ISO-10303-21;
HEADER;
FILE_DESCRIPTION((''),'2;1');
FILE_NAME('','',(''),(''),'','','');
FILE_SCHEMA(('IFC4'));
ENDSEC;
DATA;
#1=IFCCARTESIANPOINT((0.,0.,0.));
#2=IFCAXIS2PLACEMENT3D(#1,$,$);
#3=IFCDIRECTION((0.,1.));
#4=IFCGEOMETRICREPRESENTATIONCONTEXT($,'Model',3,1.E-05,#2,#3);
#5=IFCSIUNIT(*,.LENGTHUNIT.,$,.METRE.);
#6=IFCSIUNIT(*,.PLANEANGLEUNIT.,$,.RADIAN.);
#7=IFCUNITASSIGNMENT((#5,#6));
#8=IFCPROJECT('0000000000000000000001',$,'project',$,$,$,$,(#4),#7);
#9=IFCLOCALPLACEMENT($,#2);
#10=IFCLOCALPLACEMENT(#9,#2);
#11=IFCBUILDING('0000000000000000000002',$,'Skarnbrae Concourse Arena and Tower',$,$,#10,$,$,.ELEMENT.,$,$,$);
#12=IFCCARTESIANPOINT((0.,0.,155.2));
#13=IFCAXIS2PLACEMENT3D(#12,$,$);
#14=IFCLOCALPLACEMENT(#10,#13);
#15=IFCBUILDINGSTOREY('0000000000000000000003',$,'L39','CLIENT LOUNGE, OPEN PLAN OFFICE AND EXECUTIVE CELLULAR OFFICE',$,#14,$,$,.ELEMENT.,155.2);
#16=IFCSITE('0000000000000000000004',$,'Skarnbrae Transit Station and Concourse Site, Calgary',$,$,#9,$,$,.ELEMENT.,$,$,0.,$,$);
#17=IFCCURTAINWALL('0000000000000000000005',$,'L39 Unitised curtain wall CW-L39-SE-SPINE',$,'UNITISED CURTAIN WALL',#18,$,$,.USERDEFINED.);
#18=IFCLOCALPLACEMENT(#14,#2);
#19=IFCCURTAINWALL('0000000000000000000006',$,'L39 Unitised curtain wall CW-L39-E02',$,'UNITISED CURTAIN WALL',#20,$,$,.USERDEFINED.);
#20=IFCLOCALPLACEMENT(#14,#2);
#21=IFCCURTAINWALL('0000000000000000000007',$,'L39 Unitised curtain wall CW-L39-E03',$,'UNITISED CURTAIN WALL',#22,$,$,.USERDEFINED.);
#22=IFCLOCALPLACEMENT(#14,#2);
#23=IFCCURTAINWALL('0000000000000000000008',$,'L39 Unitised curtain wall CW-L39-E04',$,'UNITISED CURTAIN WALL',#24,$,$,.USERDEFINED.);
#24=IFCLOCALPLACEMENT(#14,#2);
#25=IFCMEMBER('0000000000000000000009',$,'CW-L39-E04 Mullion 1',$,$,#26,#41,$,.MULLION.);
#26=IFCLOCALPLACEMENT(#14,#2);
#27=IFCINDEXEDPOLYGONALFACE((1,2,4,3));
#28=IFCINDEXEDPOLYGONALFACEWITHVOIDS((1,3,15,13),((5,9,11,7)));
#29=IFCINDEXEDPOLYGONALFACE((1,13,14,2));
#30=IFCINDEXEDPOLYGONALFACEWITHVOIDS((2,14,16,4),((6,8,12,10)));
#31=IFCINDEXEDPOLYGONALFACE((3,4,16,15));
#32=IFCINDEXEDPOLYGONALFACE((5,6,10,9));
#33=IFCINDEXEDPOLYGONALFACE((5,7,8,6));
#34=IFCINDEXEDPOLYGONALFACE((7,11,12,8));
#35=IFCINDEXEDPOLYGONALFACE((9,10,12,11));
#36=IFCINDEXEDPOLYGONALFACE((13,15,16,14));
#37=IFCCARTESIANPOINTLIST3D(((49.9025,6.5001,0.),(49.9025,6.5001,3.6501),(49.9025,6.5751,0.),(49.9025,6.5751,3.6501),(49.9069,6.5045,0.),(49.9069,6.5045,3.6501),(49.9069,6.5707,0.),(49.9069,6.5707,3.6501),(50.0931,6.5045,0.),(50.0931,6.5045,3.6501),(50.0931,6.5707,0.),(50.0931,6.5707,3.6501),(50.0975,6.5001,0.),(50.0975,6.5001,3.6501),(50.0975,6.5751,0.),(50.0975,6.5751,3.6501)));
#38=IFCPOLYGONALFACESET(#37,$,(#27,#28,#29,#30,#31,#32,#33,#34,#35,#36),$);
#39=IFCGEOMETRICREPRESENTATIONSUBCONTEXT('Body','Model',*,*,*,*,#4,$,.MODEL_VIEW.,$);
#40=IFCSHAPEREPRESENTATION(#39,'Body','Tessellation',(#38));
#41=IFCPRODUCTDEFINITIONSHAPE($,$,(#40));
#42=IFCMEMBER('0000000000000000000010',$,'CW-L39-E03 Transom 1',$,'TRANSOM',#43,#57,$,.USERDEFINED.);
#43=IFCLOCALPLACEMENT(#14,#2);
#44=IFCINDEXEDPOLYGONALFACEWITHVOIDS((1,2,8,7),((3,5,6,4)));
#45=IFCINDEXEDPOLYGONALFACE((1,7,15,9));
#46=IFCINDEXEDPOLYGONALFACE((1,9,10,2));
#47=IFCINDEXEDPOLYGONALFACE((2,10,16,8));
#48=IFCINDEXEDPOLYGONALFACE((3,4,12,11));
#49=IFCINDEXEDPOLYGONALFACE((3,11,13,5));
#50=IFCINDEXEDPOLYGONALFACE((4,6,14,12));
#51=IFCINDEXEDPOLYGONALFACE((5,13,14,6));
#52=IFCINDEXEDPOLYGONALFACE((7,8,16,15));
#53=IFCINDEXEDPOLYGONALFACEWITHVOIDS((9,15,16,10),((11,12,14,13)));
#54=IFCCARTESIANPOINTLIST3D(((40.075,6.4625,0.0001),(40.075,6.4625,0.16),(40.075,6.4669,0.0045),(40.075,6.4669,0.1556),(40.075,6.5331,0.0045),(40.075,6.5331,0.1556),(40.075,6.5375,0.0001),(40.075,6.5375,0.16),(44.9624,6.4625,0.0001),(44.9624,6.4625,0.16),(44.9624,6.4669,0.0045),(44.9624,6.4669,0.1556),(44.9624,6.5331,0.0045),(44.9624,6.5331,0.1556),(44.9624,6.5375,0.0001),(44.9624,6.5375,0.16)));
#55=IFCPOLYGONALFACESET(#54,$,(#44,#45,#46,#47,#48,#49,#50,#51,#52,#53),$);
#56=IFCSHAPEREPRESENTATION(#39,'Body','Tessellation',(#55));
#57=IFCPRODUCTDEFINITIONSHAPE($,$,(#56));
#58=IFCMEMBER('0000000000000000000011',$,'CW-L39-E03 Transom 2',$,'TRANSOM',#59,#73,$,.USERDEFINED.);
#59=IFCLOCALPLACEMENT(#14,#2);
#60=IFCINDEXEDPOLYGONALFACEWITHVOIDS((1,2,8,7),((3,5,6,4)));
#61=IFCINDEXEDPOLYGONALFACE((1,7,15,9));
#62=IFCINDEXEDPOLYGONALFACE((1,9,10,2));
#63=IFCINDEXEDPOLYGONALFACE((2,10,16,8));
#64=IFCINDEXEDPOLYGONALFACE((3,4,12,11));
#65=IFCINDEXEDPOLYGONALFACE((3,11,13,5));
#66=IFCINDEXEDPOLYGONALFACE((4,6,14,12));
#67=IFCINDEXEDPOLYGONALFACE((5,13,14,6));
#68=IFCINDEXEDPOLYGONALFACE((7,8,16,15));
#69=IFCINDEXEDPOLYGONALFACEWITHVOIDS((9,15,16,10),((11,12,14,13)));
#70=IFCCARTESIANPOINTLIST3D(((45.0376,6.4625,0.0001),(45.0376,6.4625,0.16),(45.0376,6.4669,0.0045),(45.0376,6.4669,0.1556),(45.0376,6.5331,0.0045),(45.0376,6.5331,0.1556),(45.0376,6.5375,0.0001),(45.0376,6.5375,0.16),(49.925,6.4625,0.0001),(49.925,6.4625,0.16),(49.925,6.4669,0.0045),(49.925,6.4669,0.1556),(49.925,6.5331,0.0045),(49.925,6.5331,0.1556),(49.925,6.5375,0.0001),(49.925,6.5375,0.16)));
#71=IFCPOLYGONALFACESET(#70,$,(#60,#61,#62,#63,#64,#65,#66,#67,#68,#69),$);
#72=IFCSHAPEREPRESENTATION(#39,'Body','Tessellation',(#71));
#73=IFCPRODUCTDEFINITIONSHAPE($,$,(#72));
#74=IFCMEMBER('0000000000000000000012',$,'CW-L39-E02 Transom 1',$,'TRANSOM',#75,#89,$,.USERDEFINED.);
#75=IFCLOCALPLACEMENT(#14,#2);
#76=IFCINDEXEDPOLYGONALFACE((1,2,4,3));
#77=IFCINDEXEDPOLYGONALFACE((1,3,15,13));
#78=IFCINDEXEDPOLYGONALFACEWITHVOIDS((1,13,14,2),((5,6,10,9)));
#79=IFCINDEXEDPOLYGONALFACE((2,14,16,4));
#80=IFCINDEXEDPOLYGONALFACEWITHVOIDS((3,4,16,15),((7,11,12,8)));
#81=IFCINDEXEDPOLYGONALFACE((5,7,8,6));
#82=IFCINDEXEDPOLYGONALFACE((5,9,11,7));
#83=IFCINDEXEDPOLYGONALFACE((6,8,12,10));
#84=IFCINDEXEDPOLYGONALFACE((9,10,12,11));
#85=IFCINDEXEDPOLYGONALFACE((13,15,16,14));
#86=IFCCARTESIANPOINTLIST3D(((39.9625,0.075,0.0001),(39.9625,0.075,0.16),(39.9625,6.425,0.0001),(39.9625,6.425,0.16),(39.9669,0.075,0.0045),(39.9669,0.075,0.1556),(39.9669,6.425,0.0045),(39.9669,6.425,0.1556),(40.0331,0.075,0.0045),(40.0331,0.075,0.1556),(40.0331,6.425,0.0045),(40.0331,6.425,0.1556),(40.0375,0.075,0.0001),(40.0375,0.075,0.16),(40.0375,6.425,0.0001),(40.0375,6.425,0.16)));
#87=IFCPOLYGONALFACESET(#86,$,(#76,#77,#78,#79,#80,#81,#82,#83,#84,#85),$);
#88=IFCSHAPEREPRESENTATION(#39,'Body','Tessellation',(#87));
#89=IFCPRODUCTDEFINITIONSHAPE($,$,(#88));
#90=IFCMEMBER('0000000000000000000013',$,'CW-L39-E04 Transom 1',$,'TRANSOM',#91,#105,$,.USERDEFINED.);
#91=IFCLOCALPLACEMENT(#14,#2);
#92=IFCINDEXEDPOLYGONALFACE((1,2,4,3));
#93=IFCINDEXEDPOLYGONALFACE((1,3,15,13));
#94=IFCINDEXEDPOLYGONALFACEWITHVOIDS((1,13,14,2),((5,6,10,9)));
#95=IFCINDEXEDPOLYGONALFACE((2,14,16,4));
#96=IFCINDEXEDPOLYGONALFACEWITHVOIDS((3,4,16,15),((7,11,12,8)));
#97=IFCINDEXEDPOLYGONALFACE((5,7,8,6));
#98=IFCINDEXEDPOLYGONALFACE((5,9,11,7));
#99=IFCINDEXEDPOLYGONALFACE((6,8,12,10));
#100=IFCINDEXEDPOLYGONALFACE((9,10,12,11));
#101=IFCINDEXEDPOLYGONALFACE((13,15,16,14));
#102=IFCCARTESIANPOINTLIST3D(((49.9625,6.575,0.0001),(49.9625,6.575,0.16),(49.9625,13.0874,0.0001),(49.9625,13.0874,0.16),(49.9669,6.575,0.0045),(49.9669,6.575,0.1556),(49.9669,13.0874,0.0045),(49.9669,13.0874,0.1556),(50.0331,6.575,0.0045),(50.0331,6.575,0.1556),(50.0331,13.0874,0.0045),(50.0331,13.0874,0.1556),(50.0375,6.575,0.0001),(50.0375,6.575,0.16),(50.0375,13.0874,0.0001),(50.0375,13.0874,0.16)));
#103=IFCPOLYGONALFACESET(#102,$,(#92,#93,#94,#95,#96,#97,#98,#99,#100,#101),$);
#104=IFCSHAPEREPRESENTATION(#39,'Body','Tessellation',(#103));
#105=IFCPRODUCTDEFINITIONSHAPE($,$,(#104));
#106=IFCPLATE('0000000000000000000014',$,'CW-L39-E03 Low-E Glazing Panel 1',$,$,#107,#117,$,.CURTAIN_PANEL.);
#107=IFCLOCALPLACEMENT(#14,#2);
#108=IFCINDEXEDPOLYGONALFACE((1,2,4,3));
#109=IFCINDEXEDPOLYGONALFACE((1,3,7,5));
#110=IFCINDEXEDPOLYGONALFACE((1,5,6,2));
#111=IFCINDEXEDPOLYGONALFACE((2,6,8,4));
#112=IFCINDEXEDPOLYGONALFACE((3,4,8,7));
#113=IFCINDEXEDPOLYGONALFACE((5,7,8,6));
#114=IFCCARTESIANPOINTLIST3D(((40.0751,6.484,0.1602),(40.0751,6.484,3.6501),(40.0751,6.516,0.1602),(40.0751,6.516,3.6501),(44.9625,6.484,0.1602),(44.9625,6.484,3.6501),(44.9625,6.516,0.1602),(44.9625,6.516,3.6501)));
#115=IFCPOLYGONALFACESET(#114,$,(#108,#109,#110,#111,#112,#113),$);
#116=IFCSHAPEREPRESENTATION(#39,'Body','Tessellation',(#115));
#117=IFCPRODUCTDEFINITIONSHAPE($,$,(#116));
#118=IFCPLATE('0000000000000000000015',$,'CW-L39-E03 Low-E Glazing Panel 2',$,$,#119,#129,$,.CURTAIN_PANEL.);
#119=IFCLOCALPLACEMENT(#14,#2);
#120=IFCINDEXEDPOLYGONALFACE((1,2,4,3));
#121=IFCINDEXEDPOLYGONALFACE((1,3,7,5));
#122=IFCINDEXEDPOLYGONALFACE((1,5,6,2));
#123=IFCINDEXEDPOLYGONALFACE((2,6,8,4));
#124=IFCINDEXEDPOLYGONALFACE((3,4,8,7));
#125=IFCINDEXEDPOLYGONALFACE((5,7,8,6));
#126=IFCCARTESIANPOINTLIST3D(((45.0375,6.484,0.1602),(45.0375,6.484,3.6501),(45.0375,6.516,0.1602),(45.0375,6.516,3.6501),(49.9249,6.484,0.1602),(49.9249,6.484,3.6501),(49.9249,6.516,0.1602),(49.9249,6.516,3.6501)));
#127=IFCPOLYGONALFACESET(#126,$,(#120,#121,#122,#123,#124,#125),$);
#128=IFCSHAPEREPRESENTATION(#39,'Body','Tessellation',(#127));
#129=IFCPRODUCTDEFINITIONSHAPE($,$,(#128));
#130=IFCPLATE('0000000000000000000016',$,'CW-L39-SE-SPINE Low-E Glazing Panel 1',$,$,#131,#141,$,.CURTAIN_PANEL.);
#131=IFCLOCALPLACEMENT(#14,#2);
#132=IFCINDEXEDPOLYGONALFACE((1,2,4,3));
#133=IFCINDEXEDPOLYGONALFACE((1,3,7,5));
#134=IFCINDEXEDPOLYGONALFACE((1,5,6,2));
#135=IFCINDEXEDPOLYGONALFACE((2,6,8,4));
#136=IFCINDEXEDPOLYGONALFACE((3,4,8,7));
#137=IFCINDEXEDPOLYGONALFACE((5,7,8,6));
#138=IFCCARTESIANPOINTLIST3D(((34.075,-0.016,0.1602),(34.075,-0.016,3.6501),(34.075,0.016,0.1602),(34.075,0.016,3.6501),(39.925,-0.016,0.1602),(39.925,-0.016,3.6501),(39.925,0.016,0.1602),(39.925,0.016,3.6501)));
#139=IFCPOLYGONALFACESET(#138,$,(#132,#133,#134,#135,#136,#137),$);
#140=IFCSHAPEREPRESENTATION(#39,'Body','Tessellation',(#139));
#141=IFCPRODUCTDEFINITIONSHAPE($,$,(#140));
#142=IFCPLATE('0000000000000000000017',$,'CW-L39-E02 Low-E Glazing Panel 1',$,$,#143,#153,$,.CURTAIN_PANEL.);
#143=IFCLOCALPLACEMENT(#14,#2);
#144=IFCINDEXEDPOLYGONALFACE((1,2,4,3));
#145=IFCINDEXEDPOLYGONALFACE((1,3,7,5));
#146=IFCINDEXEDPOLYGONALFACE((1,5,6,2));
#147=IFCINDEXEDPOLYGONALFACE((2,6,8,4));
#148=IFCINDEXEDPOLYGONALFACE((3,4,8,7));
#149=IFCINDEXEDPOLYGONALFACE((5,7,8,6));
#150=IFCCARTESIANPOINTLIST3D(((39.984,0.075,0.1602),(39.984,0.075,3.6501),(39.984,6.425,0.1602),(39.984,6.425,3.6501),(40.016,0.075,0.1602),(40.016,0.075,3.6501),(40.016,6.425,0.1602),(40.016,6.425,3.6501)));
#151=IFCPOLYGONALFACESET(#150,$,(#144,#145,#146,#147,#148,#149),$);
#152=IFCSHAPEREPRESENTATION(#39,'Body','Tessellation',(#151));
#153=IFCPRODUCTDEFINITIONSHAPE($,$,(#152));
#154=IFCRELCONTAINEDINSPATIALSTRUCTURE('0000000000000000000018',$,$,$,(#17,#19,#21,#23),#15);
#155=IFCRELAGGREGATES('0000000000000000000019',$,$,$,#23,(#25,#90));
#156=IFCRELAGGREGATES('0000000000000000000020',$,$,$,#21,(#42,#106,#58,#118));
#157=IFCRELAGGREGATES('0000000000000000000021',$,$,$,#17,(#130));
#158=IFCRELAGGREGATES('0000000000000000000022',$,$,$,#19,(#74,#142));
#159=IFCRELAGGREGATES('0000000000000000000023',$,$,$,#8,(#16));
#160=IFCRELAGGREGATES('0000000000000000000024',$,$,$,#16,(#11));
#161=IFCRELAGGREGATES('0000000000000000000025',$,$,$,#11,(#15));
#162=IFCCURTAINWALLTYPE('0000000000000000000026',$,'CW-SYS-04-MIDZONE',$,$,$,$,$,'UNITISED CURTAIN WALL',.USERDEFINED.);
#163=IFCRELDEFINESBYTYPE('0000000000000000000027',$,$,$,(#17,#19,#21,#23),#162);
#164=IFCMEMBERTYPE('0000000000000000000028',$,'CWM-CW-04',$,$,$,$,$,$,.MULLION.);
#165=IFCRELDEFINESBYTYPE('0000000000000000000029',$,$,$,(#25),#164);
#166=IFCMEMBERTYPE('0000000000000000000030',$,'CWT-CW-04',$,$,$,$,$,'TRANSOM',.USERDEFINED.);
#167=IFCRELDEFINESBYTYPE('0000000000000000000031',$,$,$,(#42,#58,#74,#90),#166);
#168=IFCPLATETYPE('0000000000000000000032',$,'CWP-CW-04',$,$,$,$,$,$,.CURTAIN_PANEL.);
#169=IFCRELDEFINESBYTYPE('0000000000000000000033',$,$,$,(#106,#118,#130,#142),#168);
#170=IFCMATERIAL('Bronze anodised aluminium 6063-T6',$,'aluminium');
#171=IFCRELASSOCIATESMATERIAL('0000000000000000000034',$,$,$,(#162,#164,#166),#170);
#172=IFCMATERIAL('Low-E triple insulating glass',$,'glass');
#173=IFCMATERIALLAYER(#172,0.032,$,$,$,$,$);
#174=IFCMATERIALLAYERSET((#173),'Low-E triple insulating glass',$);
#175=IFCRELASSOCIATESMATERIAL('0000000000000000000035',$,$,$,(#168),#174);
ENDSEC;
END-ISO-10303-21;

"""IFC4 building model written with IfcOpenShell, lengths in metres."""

from ifc_helpers import new_model, si_unit, direction, frame, origin, origin_2d, place, context, subcontext, project, spatial, rectangle, hollow_rectangle, extrude, source, transform, mapped, material, layer, layer_set, material_profile, profile_set, type_object, element, aggregate, save


model = new_model("IFC4")

# Units and contexts
model_context = context("Model", 3, precision=1e-05, world=origin(), true_north=direction((0.0, 1.0)))
body_context = subcontext(model_context, "Body", "Model", "MODEL_VIEW")
ifc_project = project(units=[si_unit("LENGTHUNIT", "METRE"), si_unit("PLANEANGLEUNIT", "RADIAN")], contexts=[model_context])

# Site, building, storey
site_placement = place(None, origin())
site = spatial("IfcSite", under=ifc_project, at=site_placement, Name="Skarnbrae Transit Station and Concourse Site, Calgary", CompositionType="ELEMENT", RefElevation=0.0)
building_placement = place(site_placement, origin())
building = spatial("IfcBuilding", under=site, at=building_placement, Name="Skarnbrae Concourse Arena and Tower", CompositionType="ELEMENT")
storey_placement = place(building_placement, frame((0.0, 0.0, 155.2)))
storey = spatial("IfcBuildingStorey", under=building, at=storey_placement, Name="L39", Description="CLIENT LOUNGE, OPEN PLAN OFFICE AND EXECUTIVE CELLULAR OFFICE", CompositionType="ELEMENT", Elevation=155.2)

# Curtain wall
ifc_material_1 = material(Name="Bronze anodised aluminium 6063-T6", Category="aluminium")
curtain_wall_type = type_object("IfcCurtainWallType", Name="CW-SYS-04-MIDZONE", ElementType="UNITISED CURTAIN WALL", PredefinedType="USERDEFINED", material=ifc_material_1)
curtain_wall_1_placement = place(storey_placement, origin())
curtain_wall_1 = element("IfcCurtainWall", 1, at=curtain_wall_1_placement, inside=storey, type_object=curtain_wall_type, Name="L39 Unitised curtain wall CW-L39-SE-SPINE", ObjectType="UNITISED CURTAIN WALL", PredefinedType="USERDEFINED")
ifc_material_profile_1 = material_profile(ifc_material_1, hollow_rectangle(XDim=0.075, YDim=0.1951, WallThickness=0.0044, at=origin_2d()), Name="ALU-MULL-75X195")
ifc_profile_set_1 = profile_set([ifc_material_profile_1], Name="Bronze anodised aluminium 6063-T6")
member_type_1 = type_object("IfcMemberType", Name="CWM-CW-04", PredefinedType="MULLION", material=ifc_profile_set_1)
shared_shape_1 = source(origin(), body_context, "Body", "SweptSolid", [
    extrude(hollow_rectangle(XDim=0.075, YDim=0.1951, WallThickness=0.0044, at=origin_2d()), origin(), (0.0, 0.0, 1.0), 3.6501),
])

# Curtain walls
curtain_wall_2_placement = place(storey_placement, origin())
curtain_wall_2 = element("IfcCurtainWall", 2, at=curtain_wall_2_placement, inside=storey, type_object=curtain_wall_type, Name="L39 Unitised curtain wall CW-L39-E02", ObjectType="UNITISED CURTAIN WALL", PredefinedType="USERDEFINED")
curtain_wall_3_placement = place(storey_placement, origin())
curtain_wall_3 = element("IfcCurtainWall", 3, at=curtain_wall_3_placement, inside=storey, type_object=curtain_wall_type, Name="L39 Unitised curtain wall CW-L39-E03", ObjectType="UNITISED CURTAIN WALL", PredefinedType="USERDEFINED")

# Curtain wall, member
curtain_wall_4_placement = place(storey_placement, origin())
curtain_wall_4 = element("IfcCurtainWall", 4, at=curtain_wall_4_placement, inside=storey, type_object=curtain_wall_type, Name="L39 Unitised curtain wall CW-L39-E04", ObjectType="UNITISED CURTAIN WALL", PredefinedType="USERDEFINED")
member_1_placement = place(storey_placement, frame((50.0, 6.5376, 0.0), z_axis=(0.0, 0.0, 1.0), x_axis=(0.0, 1.0, 0.0)))
member_1 = element("IfcMember", 5, at=member_1_placement, type_object=member_type_1, Name="CW-L39-E04 Mullion 1", PredefinedType="MULLION", context=body_context, shape_type="MappedRepresentation", body=[
    mapped(shared_shape_1, transform((0.0, 0.0, 0.0))),
])

# Members
ifc_material_profile_2 = material_profile(ifc_material_1, hollow_rectangle(XDim=0.075, YDim=0.1599, WallThickness=0.0044, at=origin_2d()), Name="ALU-TRAN-75X160")
ifc_profile_set_2 = profile_set([ifc_material_profile_2], Name="Bronze anodised aluminium 6063-T6")
member_type_2 = type_object("IfcMemberType", Name="CWT-CW-04", ElementType="TRANSOM", PredefinedType="USERDEFINED", material=ifc_profile_set_2)
shared_shape_2 = source(origin(), body_context, "Body", "SweptSolid", [
    extrude(hollow_rectangle(XDim=0.075, YDim=0.1599, WallThickness=0.0044, at=origin_2d()), origin(), (0.0, 0.0, 1.0), 4.8875),
])
member_2_placement = place(storey_placement, frame((40.075, 6.5, 0.0801), z_axis=(1.0, 0.0, 0.0), x_axis=(0.0, 1.0, 0.0)))
member_2 = element("IfcMember", 6, at=member_2_placement, type_object=member_type_2, Name="CW-L39-E03 Transom 1", ObjectType="TRANSOM", PredefinedType="USERDEFINED", context=body_context, shape_type="MappedRepresentation", body=[
    mapped(shared_shape_2, transform((0.0, 0.0, 0.0))),
])
member_3_placement = place(storey_placement, frame((45.0376, 6.5, 0.0801), z_axis=(1.0, 0.0, 0.0), x_axis=(0.0, 1.0, 0.0)))
member_3 = element("IfcMember", 7, at=member_3_placement, type_object=member_type_2, Name="CW-L39-E03 Transom 2", ObjectType="TRANSOM", PredefinedType="USERDEFINED", context=body_context, shape_type="MappedRepresentation", body=[
    mapped(shared_shape_2, transform((0.0, 0.0, 0.0))),
])
shared_shape_3 = source(origin(), body_context, "Body", "SweptSolid", [
    extrude(hollow_rectangle(XDim=0.075, YDim=0.1599, WallThickness=0.0044, at=origin_2d()), origin(), (0.0, 0.0, 1.0), 6.3501),
])
member_4_placement = place(storey_placement, frame((40.0, 0.075, 0.0801), z_axis=(0.0, 1.0, 0.0), x_axis=(-1.0, 0.0, 0.0)))
member_4 = element("IfcMember", 8, at=member_4_placement, type_object=member_type_2, Name="CW-L39-E02 Transom 1", ObjectType="TRANSOM", PredefinedType="USERDEFINED", context=body_context, shape_type="MappedRepresentation", body=[
    mapped(shared_shape_3, transform((0.0, 0.0, 0.0))),
])
shared_shape_4 = source(origin(), body_context, "Body", "SweptSolid", [
    extrude(hollow_rectangle(XDim=0.075, YDim=0.1599, WallThickness=0.0044, at=origin_2d()), origin(), (0.0, 0.0, 1.0), 6.5125),
])
member_5_placement = place(storey_placement, frame((50.0, 6.575, 0.0801), z_axis=(0.0, 1.0, 0.0), x_axis=(-1.0, 0.0, 0.0)))
member_5 = element("IfcMember", 9, at=member_5_placement, type_object=member_type_2, Name="CW-L39-E04 Transom 1", ObjectType="TRANSOM", PredefinedType="USERDEFINED", context=body_context, shape_type="MappedRepresentation", body=[
    mapped(shared_shape_4, transform((0.0, 0.0, 0.0))),
])
aggregate(curtain_wall_4, [member_1, member_5])

# Plates
ifc_material_2 = material(Name="Low-E triple insulating glass", Category="glass")
ifc_layer = layer(ifc_material_2, 0.032)
ifc_layer_set = layer_set([ifc_layer], Name="Low-E triple insulating glass")
plate_type = type_object("IfcPlateType", Name="CWP-CW-04", PredefinedType="CURTAIN_PANEL", material=ifc_layer_set)
shared_shape_5 = source(origin(), body_context, "Body", "SweptSolid", [
    extrude(rectangle(XDim=4.8875, YDim=0.032, at=origin_2d()), origin(), (0.0, 0.0, 1.0), 3.49),
])
plate_1_placement = place(storey_placement, frame((42.5188, 6.5, 0.1602), z_axis=(0.0, 0.0, 1.0), x_axis=(1.0, 0.0, 0.0)))
plate_1 = element("IfcPlate", 10, at=plate_1_placement, type_object=plate_type, Name="CW-L39-E03 Low-E Glazing Panel 1", PredefinedType="CURTAIN_PANEL", context=body_context, shape_type="MappedRepresentation", body=[
    mapped(shared_shape_5, transform((0.0, 0.0, 0.0))),
])
plate_2_placement = place(storey_placement, frame((47.4812, 6.5, 0.1602), z_axis=(0.0, 0.0, 1.0), x_axis=(1.0, 0.0, 0.0)))
plate_2 = element("IfcPlate", 11, at=plate_2_placement, type_object=plate_type, Name="CW-L39-E03 Low-E Glazing Panel 2", PredefinedType="CURTAIN_PANEL", context=body_context, shape_type="MappedRepresentation", body=[
    mapped(shared_shape_5, transform((0.0, 0.0, 0.0))),
])
aggregate(curtain_wall_3, [member_2, plate_1, member_3, plate_2])
shared_shape_6 = source(origin(), body_context, "Body", "SweptSolid", [
    extrude(rectangle(XDim=5.8501, YDim=0.032, at=origin_2d()), origin(), (0.0, 0.0, 1.0), 3.49),
])
plate_3_placement = place(storey_placement, frame((37.0, 0.0, 0.1602), z_axis=(0.0, 0.0, 1.0), x_axis=(1.0, 0.0, 0.0)))
plate_3 = element("IfcPlate", 12, at=plate_3_placement, type_object=plate_type, Name="CW-L39-SE-SPINE Low-E Glazing Panel 1", PredefinedType="CURTAIN_PANEL", context=body_context, shape_type="MappedRepresentation", body=[
    mapped(shared_shape_6, transform((0.0, 0.0, 0.0))),
])
aggregate(curtain_wall_1, [plate_3])
shared_shape_7 = source(origin(), body_context, "Body", "SweptSolid", [
    extrude(rectangle(XDim=6.3501, YDim=0.032, at=origin_2d()), origin(), (0.0, 0.0, 1.0), 3.49),
])
plate_4_placement = place(storey_placement, frame((40.0, 3.25, 0.1602), z_axis=(0.0, 0.0, 1.0), x_axis=(0.0, 1.0, 0.0)))
plate_4 = element("IfcPlate", 13, at=plate_4_placement, type_object=plate_type, Name="CW-L39-E02 Low-E Glazing Panel 1", PredefinedType="CURTAIN_PANEL", context=body_context, shape_type="MappedRepresentation", body=[
    mapped(shared_shape_7, transform((0.0, 0.0, 0.0))),
])
aggregate(curtain_wall_2, [member_4, plate_4])

save(model, "model.ifc")
